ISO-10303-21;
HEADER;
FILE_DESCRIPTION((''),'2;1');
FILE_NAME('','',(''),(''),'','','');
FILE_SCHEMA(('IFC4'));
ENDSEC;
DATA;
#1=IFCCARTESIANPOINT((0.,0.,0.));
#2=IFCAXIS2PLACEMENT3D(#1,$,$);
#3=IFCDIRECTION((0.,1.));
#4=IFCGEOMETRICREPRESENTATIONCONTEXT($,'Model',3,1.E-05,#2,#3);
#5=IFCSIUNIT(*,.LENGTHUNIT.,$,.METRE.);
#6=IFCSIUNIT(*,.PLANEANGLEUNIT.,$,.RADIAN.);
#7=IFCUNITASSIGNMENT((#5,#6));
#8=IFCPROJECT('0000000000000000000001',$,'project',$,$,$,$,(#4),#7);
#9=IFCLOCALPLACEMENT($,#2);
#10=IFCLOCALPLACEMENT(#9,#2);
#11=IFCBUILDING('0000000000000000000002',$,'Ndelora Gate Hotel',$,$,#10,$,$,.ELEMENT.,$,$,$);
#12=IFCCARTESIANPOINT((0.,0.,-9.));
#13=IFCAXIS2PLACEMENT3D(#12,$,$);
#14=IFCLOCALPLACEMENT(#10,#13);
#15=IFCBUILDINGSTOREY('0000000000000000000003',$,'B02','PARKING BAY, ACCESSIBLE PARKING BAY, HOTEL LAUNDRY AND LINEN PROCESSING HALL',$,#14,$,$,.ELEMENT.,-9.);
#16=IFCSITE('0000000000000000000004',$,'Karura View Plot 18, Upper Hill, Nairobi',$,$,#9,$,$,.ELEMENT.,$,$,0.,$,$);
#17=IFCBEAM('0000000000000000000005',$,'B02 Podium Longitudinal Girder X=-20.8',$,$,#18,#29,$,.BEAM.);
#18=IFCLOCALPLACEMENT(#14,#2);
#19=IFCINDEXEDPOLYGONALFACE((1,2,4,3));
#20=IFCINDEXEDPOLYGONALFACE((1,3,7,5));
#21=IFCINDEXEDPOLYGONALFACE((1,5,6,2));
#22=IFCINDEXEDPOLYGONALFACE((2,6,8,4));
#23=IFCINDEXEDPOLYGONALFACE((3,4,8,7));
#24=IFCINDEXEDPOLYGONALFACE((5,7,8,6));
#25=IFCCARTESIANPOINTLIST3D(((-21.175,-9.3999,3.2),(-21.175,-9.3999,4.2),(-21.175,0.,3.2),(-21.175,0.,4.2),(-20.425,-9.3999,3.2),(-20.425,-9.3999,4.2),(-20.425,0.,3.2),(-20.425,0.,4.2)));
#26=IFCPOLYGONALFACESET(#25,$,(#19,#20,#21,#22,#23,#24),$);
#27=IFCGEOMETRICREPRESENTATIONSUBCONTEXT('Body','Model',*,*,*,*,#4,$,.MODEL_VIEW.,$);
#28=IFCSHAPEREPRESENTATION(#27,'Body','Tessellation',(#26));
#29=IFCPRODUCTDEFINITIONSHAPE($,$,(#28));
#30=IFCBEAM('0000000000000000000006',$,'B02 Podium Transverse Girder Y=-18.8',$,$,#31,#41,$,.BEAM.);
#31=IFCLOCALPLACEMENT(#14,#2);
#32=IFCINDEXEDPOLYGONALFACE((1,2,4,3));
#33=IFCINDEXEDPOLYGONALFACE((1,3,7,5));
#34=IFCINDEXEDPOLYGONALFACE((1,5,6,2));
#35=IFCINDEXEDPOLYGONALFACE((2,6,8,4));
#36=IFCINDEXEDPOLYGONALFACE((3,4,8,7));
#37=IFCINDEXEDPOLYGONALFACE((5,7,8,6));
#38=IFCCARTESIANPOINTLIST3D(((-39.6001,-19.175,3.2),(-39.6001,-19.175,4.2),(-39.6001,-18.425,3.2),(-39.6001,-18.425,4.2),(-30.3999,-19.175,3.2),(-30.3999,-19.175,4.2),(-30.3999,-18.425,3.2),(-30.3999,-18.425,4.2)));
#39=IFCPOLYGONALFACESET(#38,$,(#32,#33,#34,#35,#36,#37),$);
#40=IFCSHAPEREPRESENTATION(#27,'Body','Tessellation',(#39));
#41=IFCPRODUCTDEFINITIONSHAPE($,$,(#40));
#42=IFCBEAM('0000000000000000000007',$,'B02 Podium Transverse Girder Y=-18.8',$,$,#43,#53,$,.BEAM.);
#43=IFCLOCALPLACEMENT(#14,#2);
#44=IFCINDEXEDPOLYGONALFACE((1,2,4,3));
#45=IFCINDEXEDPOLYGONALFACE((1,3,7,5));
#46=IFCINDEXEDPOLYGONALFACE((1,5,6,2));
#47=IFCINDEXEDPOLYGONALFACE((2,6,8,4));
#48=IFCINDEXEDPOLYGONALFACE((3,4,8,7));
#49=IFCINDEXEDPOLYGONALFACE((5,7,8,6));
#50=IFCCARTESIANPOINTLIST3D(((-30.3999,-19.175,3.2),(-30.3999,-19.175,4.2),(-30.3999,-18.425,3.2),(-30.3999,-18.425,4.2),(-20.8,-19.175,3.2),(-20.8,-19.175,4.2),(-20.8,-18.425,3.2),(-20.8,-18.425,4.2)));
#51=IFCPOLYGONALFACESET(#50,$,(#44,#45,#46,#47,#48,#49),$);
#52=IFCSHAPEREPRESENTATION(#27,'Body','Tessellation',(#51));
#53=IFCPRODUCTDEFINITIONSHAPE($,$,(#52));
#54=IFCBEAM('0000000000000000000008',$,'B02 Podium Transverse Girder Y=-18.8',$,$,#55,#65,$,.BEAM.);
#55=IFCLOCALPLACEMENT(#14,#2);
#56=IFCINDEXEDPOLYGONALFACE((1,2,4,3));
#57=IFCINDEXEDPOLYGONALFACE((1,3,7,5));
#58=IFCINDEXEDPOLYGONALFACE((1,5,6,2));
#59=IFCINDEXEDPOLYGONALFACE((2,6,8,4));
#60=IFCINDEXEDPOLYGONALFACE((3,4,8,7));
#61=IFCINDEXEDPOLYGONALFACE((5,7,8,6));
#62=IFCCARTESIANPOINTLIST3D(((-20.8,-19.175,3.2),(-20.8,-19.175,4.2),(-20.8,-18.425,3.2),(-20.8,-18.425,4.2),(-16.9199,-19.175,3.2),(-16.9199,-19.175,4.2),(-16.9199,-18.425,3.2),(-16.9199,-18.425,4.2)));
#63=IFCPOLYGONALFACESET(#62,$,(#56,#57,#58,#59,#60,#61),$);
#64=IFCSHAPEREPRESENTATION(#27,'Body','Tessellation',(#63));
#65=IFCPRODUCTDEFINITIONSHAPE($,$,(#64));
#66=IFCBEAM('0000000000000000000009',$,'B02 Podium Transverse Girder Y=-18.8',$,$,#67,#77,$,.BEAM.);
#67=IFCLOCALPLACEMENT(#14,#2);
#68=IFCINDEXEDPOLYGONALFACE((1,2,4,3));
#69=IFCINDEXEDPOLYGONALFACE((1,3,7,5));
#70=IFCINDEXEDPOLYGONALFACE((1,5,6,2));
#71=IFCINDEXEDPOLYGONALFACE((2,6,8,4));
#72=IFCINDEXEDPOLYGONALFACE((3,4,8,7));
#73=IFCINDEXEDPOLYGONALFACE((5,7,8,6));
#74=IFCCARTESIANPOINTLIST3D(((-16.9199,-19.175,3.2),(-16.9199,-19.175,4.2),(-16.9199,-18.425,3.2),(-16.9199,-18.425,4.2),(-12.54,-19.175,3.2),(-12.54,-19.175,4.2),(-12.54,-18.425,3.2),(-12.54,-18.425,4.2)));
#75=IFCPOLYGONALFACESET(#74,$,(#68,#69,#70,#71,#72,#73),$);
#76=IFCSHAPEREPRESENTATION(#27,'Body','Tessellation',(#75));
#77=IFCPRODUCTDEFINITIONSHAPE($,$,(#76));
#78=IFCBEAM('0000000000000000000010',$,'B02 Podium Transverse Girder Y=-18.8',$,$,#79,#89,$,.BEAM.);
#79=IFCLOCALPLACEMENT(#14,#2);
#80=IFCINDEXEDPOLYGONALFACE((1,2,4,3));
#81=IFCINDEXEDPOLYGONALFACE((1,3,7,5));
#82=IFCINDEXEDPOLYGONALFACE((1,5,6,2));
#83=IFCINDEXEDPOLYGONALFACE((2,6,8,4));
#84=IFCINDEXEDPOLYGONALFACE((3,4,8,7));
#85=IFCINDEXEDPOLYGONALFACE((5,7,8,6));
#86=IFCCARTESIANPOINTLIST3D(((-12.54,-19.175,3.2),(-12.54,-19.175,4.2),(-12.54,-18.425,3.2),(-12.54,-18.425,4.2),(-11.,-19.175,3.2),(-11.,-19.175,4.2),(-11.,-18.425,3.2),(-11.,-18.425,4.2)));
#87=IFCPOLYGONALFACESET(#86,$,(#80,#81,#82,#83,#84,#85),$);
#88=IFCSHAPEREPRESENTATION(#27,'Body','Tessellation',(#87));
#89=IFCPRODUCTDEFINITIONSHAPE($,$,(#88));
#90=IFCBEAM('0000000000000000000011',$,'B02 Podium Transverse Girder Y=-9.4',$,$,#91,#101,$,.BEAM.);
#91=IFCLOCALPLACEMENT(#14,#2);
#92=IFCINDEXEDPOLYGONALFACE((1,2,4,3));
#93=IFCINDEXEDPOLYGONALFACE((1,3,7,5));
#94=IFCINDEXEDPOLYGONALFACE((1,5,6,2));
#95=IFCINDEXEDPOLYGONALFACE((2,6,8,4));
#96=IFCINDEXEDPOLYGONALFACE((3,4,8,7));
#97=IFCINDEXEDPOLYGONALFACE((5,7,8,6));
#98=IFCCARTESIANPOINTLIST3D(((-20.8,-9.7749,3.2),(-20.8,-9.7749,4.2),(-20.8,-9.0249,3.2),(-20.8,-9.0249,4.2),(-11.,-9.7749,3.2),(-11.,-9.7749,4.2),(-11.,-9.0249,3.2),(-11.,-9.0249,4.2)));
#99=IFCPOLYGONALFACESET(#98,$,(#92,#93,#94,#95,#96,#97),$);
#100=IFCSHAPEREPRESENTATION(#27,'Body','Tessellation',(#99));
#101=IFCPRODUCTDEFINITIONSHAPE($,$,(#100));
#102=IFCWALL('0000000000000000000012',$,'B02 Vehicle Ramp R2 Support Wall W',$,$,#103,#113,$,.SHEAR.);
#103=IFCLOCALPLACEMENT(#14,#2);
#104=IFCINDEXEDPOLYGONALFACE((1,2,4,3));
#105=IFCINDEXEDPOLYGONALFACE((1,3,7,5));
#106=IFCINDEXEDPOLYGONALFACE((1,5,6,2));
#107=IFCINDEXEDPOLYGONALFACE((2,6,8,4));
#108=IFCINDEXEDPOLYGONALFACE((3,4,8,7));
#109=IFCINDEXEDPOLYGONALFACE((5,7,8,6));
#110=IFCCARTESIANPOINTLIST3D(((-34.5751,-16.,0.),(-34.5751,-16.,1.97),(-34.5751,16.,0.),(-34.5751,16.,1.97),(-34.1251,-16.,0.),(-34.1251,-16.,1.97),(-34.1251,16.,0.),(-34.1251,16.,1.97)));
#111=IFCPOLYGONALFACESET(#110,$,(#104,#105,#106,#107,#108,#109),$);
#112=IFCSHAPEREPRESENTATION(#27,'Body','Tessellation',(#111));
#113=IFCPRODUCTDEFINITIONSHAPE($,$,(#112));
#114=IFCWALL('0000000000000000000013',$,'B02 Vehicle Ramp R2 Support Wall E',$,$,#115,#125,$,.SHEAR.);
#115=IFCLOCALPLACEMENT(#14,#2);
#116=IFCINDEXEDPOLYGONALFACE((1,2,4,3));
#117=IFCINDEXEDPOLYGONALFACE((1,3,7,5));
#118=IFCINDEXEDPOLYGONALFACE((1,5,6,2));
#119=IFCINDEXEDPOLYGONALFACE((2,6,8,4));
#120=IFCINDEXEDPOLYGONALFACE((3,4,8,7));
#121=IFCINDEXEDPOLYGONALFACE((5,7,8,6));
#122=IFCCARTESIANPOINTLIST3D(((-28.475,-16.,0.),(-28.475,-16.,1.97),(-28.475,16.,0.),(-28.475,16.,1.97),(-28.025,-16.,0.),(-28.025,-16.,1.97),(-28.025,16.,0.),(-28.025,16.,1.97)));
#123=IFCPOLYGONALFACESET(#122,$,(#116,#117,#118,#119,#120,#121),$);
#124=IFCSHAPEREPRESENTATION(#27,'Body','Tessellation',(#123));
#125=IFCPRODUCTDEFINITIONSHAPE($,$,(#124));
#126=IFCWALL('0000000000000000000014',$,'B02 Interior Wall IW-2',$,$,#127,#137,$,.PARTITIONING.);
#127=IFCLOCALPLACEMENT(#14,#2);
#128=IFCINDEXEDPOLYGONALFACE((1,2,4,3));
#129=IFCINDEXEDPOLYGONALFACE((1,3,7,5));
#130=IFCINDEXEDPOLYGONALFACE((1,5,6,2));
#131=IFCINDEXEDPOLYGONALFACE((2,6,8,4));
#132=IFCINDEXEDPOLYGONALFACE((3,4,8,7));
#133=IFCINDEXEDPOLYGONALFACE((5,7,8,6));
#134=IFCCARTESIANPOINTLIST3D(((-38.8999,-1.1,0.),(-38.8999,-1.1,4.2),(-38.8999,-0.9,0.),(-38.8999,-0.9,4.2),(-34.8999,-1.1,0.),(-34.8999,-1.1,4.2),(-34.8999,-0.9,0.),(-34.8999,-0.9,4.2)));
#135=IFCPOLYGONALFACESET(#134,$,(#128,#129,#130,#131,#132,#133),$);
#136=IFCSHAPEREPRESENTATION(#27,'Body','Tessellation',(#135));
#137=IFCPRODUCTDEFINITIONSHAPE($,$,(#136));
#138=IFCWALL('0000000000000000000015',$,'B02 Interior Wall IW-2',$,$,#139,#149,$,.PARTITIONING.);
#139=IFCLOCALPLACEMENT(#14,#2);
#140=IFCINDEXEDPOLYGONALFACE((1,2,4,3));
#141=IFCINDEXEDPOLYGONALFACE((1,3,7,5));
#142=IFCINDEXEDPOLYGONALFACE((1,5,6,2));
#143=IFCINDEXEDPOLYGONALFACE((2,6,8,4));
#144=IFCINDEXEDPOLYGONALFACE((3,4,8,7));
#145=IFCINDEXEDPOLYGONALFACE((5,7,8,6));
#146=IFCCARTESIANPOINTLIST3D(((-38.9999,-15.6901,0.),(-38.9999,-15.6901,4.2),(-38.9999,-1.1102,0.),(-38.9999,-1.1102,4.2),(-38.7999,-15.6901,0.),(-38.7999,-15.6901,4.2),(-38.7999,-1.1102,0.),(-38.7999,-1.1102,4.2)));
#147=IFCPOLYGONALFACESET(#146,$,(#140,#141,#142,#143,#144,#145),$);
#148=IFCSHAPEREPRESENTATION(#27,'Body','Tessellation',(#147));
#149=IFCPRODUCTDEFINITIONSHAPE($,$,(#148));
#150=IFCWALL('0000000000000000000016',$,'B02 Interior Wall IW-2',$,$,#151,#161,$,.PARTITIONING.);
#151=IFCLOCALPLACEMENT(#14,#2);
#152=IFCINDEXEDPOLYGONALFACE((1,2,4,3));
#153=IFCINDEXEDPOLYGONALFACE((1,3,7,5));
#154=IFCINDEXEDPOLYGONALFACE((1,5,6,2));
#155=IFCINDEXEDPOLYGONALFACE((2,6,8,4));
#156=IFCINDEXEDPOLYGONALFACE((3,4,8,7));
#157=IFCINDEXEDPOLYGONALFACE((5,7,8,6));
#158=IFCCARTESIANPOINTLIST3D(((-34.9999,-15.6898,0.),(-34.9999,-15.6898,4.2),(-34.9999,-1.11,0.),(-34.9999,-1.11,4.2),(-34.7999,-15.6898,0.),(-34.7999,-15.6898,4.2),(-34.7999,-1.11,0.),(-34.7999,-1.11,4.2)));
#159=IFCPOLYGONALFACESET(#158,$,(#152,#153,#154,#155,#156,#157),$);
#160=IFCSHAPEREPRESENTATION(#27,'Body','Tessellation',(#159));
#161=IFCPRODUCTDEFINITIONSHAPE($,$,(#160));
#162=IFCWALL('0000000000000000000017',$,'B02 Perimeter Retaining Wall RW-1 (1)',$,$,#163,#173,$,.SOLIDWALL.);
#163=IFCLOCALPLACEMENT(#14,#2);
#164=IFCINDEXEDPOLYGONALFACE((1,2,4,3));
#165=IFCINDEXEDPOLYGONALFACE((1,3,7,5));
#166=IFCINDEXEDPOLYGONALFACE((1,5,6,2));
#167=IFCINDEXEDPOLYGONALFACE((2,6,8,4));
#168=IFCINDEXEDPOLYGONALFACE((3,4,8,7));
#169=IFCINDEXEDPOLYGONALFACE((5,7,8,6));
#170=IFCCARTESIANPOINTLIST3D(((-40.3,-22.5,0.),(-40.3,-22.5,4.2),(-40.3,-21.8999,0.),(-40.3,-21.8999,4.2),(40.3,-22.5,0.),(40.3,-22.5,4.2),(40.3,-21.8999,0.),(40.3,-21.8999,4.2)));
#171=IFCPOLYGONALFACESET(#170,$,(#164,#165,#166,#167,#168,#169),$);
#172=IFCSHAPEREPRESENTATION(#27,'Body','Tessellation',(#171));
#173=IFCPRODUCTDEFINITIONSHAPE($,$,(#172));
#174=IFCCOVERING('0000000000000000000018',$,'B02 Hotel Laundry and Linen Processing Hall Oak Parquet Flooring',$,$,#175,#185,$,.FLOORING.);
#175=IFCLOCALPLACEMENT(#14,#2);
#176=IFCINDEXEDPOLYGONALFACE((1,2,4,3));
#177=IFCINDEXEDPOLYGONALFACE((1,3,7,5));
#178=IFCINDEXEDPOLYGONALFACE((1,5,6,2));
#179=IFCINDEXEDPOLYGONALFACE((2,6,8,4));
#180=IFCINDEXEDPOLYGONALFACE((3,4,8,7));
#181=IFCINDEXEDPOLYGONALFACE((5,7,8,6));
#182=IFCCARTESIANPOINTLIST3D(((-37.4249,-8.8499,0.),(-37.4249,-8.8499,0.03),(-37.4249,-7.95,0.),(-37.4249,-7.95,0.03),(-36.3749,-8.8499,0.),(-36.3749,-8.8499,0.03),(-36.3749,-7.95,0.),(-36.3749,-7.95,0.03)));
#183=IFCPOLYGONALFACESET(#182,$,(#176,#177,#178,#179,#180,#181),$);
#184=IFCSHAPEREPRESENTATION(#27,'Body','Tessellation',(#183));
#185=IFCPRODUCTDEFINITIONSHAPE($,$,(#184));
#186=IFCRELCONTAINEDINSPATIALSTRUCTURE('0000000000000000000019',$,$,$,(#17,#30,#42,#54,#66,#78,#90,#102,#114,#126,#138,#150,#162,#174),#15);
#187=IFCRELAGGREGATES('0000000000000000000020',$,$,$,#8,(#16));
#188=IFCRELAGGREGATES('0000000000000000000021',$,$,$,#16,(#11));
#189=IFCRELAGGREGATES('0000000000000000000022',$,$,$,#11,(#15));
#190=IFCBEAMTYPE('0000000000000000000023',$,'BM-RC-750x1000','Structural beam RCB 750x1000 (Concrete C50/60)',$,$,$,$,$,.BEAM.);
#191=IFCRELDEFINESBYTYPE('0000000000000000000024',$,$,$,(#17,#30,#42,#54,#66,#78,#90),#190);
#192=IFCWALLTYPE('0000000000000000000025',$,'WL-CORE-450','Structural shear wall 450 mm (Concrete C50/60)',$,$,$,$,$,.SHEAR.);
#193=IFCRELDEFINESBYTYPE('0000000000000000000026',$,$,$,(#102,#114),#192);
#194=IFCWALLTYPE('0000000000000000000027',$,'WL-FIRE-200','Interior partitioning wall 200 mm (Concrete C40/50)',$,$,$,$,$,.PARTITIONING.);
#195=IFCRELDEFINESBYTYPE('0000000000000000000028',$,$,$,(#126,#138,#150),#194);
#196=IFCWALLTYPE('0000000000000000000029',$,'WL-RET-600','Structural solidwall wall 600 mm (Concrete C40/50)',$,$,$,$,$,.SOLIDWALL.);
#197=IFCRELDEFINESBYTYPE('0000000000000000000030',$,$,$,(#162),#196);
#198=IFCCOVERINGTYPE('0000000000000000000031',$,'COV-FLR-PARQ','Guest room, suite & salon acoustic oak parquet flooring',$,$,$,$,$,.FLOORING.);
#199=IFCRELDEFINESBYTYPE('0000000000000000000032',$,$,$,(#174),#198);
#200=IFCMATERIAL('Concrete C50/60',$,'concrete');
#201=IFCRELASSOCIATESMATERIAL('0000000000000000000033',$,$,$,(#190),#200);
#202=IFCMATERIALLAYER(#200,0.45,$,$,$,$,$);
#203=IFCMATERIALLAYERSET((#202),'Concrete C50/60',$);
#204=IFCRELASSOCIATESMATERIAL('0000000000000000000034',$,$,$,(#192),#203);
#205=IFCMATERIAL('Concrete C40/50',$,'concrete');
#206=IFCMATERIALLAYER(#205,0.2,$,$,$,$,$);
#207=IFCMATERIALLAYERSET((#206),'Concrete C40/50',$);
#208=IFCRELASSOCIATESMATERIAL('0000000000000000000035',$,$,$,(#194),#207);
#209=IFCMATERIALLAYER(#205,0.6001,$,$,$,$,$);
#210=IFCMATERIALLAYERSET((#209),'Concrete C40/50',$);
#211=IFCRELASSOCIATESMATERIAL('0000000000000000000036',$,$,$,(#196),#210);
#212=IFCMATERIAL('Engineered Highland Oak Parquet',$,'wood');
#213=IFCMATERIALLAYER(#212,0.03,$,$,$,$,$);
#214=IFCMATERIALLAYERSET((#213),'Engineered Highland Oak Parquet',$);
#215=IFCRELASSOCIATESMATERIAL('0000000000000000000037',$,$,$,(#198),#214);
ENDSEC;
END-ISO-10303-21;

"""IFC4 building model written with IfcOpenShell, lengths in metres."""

from ifc_helpers import new_model, si_unit, direction, frame, frame_2d, origin, origin_2d, place, context, subcontext, project, spatial, rectangle, extrude, material, layer, layer_set, material_profile, profile_set, type_object, element, save


model = new_model("IFC4")

# Units and contexts
model_context = context("Model", 3, precision=1e-05, world=origin(), true_north=direction((0.0, 1.0)))
body_context = subcontext(model_context, "Body", "Model", "MODEL_VIEW")
ifc_project = project(units=[si_unit("LENGTHUNIT", "METRE"), si_unit("PLANEANGLEUNIT", "RADIAN")], contexts=[model_context])

# Site, building, storey
site_placement = place(None, origin())
site = spatial("IfcSite", under=ifc_project, at=site_placement, Name="Karura View Plot 18, Upper Hill, Nairobi", CompositionType="ELEMENT", RefElevation=0.0)
building_placement = place(site_placement, origin())
building = spatial("IfcBuilding", under=site, at=building_placement, Name="Ndelora Gate Hotel", CompositionType="ELEMENT")
storey_placement = place(building_placement, frame((0.0, 0.0, -9.0)))
storey = spatial("IfcBuildingStorey", under=building, at=storey_placement, Name="B02", Description="PARKING BAY, ACCESSIBLE PARKING BAY, HOTEL LAUNDRY AND LINEN PROCESSING HALL", CompositionType="ELEMENT", Elevation=-9.0)

# Shared definitions
ifc_material_1 = material(Name="Concrete C50/60", Category="concrete")

# Beams
ifc_material_profile_1 = material_profile(ifc_material_1, rectangle(XDim=0.75, YDim=1.0, at=origin_2d()), Name="RCB 750x1000")
ifc_profile_set_1 = profile_set([ifc_material_profile_1], Name="Concrete C50/60")
beam_type = type_object("IfcBeamType", Name="BM-RC-750x1000", Description="Structural beam RCB 750x1000 (Concrete C50/60)", PredefinedType="BEAM", material=ifc_profile_set_1)
beam_1_placement = place(storey_placement, frame((-20.8, -9.3999, 3.7), z_axis=(0.0, 1.0, 0.0), x_axis=(-1.0, 0.0, 0.0)))
element("IfcBeam", 1, at=beam_1_placement, inside=storey, type_object=beam_type, Name="B02 Podium Longitudinal Girder X=-20.8", PredefinedType="BEAM", context=body_context, shape_type="SweptSolid", body=[
    extrude(rectangle(XDim=0.75, YDim=1.0, at=origin_2d()), origin(), (0.0, 0.0, 1.0), 9.3999),
])
beam_2_placement = place(storey_placement, frame((-39.6001, -18.8, 3.7), z_axis=(1.0, 0.0, 0.0), x_axis=(0.0, 1.0, 0.0)))
element("IfcBeam", 2, at=beam_2_placement, inside=storey, type_object=beam_type, Name="B02 Podium Transverse Girder Y=-18.8", PredefinedType="BEAM", context=body_context, shape_type="SweptSolid", body=[
    extrude(rectangle(XDim=0.75, YDim=1.0, at=origin_2d()), origin(), (0.0, 0.0, 1.0), 9.2002),
])
beam_3_placement = place(storey_placement, frame((-30.3999, -18.8, 3.7), z_axis=(1.0, 0.0, 0.0), x_axis=(0.0, 1.0, 0.0)))
element("IfcBeam", 3, at=beam_3_placement, inside=storey, type_object=beam_type, Name="B02 Podium Transverse Girder Y=-18.8", PredefinedType="BEAM", context=body_context, shape_type="SweptSolid", body=[
    extrude(rectangle(XDim=0.75, YDim=1.0, at=origin_2d()), origin(), (0.0, 0.0, 1.0), 9.5999),
])
beam_4_placement = place(storey_placement, frame((-20.8, -18.8, 3.7), z_axis=(1.0, 0.0, 0.0), x_axis=(0.0, 1.0, 0.0)))
element("IfcBeam", 4, at=beam_4_placement, inside=storey, type_object=beam_type, Name="B02 Podium Transverse Girder Y=-18.8", PredefinedType="BEAM", context=body_context, shape_type="SweptSolid", body=[
    extrude(rectangle(XDim=0.75, YDim=1.0, at=origin_2d()), origin(), (0.0, 0.0, 1.0), 3.8801),
])
beam_5_placement = place(storey_placement, frame((-16.9199, -18.8, 3.7), z_axis=(1.0, 0.0, 0.0), x_axis=(0.0, 1.0, 0.0)))
element("IfcBeam", 5, at=beam_5_placement, inside=storey, type_object=beam_type, Name="B02 Podium Transverse Girder Y=-18.8", PredefinedType="BEAM", context=body_context, shape_type="SweptSolid", body=[
    extrude(rectangle(XDim=0.75, YDim=1.0, at=origin_2d()), origin(), (0.0, 0.0, 1.0), 4.3799),
])
beam_6_placement = place(storey_placement, frame((-12.54, -18.8, 3.7), z_axis=(1.0, 0.0, 0.0), x_axis=(0.0, 1.0, 0.0)))
element("IfcBeam", 6, at=beam_6_placement, inside=storey, type_object=beam_type, Name="B02 Podium Transverse Girder Y=-18.8", PredefinedType="BEAM", context=body_context, shape_type="SweptSolid", body=[
    extrude(rectangle(XDim=0.75, YDim=1.0, at=origin_2d()), origin(), (0.0, 0.0, 1.0), 1.54),
])
beam_7_placement = place(storey_placement, frame((-20.8, -9.3999, 3.7), z_axis=(1.0, 0.0, 0.0), x_axis=(0.0, 1.0, 0.0)))
element("IfcBeam", 7, at=beam_7_placement, inside=storey, type_object=beam_type, Name="B02 Podium Transverse Girder Y=-9.4", PredefinedType="BEAM", context=body_context, shape_type="SweptSolid", body=[
    extrude(rectangle(XDim=0.75, YDim=1.0, at=origin_2d()), origin(), (0.0, 0.0, 1.0), 9.8),
])

# Walls
ifc_layer_1 = layer(ifc_material_1, 0.45)
ifc_layer_set_1 = layer_set([ifc_layer_1], Name="Concrete C50/60")
wall_type_1 = type_object("IfcWallType", Name="WL-CORE-450", Description="Structural shear wall 450 mm (Concrete C50/60)", PredefinedType="SHEAR", material=ifc_layer_set_1)
for number, where, z_axis, x_axis, name in (
    (8, (-34.3501, -16.0, 0.0), (0.0, 0.0, 1.0), (0.0, 1.0, 0.0), "B02 Vehicle Ramp R2 Support Wall W"),
    (9, (-28.25, -16.0, 0.0), (0.0, 0.0, 1.0), (0.0, 1.0, 0.0), "B02 Vehicle Ramp R2 Support Wall E"),
):
    element("IfcWall", number, at=place(storey_placement, frame(where, z_axis=z_axis, x_axis=x_axis)), inside=storey, type_object=wall_type_1, Name=name, PredefinedType="SHEAR", context=body_context, shape_type="SweptSolid", body=[
        extrude(rectangle(XDim=32.0, YDim=0.45, at=frame_2d((16.0, 0.0))), origin(), (0.0, 0.0, 1.0), 1.97),
    ])
ifc_material_2 = material(Name="Concrete C40/50", Category="concrete")
ifc_layer_2 = layer(ifc_material_2, 0.2)
ifc_layer_set_2 = layer_set([ifc_layer_2], Name="Concrete C40/50")
wall_type_2 = type_object("IfcWallType", Name="WL-FIRE-200", Description="Interior partitioning wall 200 mm (Concrete C40/50)", PredefinedType="PARTITIONING", material=ifc_layer_set_2)
wall_1_placement = place(storey_placement, frame((-38.8999, -1.0, 0.0), z_axis=(0.0, 0.0, 1.0), x_axis=(1.0, 0.0, 0.0)))
element("IfcWall", 10, at=wall_1_placement, inside=storey, type_object=wall_type_2, Name="B02 Interior Wall IW-2", PredefinedType="PARTITIONING", context=body_context, shape_type="SweptSolid", body=[
    extrude(rectangle(XDim=4.0, YDim=0.2, at=frame_2d((2.0, 0.0))), origin(), (0.0, 0.0, 1.0), 4.2),
])

# Walls
for number, where, z_axis, x_axis, name in (
    (11, (-38.8999, -1.1101, 0.0), (0.0, 0.0, 1.0), (0.0, -1.0, 0.0), "B02 Interior Wall IW-2"),
    (12, (-34.8999, -15.6899, 0.0), (0.0, 0.0, 1.0), (0.0, 1.0, 0.0), "B02 Interior Wall IW-2"),
):
    element("IfcWall", number, at=place(storey_placement, frame(where, z_axis=z_axis, x_axis=x_axis)), inside=storey, type_object=wall_type_2, Name=name, PredefinedType="PARTITIONING", context=body_context, shape_type="SweptSolid", body=[
        extrude(rectangle(XDim=14.5798, YDim=0.2, at=frame_2d((7.29, 0.0))), origin(), (0.0, 0.0, 1.0), 4.2),
    ])
ifc_layer_3 = layer(ifc_material_2, 0.6001)
ifc_layer_set_3 = layer_set([ifc_layer_3], Name="Concrete C40/50")
wall_type_3 = type_object("IfcWallType", Name="WL-RET-600", Description="Structural solidwall wall 600 mm (Concrete C40/50)", PredefinedType="SOLIDWALL", material=ifc_layer_set_3)
wall_2_placement = place(storey_placement, frame((-40.3, -22.2, 0.0), z_axis=(0.0, 0.0, 1.0), x_axis=(1.0, 0.0, 0.0)))
element("IfcWall", 13, at=wall_2_placement, inside=storey, type_object=wall_type_3, Name="B02 Perimeter Retaining Wall RW-1 (1)", PredefinedType="SOLIDWALL", context=body_context, shape_type="SweptSolid", body=[
    extrude(rectangle(XDim=80.6001, YDim=0.6001, at=frame_2d((40.3, 0.0))), origin(), (0.0, 0.0, 1.0), 4.2),
])

# Covering
ifc_material_3 = material(Name="Engineered Highland Oak Parquet", Category="wood")
ifc_layer_4 = layer(ifc_material_3, 0.03)
ifc_layer_set_4 = layer_set([ifc_layer_4], Name="Engineered Highland Oak Parquet")
covering_type = type_object("IfcCoveringType", Name="COV-FLR-PARQ", Description="Guest room, suite & salon acoustic oak parquet flooring", PredefinedType="FLOORING", material=ifc_layer_set_4)
covering_placement = place(storey_placement, frame((-36.8999, -8.3999, 0.0), z_axis=(0.0, 0.0, 1.0), x_axis=(1.0, 0.0, 0.0)))
element("IfcCovering", 14, at=covering_placement, inside=storey, type_object=covering_type, Name="B02 Hotel Laundry and Linen Processing Hall Oak Parquet Flooring", PredefinedType="FLOORING", context=body_context, shape_type="SweptSolid", body=[
    extrude(rectangle(XDim=1.05, YDim=0.8999, at=origin_2d()), origin(), (0.0, 0.0, 1.0), 0.03),
])

save(model, "model.ifc")
